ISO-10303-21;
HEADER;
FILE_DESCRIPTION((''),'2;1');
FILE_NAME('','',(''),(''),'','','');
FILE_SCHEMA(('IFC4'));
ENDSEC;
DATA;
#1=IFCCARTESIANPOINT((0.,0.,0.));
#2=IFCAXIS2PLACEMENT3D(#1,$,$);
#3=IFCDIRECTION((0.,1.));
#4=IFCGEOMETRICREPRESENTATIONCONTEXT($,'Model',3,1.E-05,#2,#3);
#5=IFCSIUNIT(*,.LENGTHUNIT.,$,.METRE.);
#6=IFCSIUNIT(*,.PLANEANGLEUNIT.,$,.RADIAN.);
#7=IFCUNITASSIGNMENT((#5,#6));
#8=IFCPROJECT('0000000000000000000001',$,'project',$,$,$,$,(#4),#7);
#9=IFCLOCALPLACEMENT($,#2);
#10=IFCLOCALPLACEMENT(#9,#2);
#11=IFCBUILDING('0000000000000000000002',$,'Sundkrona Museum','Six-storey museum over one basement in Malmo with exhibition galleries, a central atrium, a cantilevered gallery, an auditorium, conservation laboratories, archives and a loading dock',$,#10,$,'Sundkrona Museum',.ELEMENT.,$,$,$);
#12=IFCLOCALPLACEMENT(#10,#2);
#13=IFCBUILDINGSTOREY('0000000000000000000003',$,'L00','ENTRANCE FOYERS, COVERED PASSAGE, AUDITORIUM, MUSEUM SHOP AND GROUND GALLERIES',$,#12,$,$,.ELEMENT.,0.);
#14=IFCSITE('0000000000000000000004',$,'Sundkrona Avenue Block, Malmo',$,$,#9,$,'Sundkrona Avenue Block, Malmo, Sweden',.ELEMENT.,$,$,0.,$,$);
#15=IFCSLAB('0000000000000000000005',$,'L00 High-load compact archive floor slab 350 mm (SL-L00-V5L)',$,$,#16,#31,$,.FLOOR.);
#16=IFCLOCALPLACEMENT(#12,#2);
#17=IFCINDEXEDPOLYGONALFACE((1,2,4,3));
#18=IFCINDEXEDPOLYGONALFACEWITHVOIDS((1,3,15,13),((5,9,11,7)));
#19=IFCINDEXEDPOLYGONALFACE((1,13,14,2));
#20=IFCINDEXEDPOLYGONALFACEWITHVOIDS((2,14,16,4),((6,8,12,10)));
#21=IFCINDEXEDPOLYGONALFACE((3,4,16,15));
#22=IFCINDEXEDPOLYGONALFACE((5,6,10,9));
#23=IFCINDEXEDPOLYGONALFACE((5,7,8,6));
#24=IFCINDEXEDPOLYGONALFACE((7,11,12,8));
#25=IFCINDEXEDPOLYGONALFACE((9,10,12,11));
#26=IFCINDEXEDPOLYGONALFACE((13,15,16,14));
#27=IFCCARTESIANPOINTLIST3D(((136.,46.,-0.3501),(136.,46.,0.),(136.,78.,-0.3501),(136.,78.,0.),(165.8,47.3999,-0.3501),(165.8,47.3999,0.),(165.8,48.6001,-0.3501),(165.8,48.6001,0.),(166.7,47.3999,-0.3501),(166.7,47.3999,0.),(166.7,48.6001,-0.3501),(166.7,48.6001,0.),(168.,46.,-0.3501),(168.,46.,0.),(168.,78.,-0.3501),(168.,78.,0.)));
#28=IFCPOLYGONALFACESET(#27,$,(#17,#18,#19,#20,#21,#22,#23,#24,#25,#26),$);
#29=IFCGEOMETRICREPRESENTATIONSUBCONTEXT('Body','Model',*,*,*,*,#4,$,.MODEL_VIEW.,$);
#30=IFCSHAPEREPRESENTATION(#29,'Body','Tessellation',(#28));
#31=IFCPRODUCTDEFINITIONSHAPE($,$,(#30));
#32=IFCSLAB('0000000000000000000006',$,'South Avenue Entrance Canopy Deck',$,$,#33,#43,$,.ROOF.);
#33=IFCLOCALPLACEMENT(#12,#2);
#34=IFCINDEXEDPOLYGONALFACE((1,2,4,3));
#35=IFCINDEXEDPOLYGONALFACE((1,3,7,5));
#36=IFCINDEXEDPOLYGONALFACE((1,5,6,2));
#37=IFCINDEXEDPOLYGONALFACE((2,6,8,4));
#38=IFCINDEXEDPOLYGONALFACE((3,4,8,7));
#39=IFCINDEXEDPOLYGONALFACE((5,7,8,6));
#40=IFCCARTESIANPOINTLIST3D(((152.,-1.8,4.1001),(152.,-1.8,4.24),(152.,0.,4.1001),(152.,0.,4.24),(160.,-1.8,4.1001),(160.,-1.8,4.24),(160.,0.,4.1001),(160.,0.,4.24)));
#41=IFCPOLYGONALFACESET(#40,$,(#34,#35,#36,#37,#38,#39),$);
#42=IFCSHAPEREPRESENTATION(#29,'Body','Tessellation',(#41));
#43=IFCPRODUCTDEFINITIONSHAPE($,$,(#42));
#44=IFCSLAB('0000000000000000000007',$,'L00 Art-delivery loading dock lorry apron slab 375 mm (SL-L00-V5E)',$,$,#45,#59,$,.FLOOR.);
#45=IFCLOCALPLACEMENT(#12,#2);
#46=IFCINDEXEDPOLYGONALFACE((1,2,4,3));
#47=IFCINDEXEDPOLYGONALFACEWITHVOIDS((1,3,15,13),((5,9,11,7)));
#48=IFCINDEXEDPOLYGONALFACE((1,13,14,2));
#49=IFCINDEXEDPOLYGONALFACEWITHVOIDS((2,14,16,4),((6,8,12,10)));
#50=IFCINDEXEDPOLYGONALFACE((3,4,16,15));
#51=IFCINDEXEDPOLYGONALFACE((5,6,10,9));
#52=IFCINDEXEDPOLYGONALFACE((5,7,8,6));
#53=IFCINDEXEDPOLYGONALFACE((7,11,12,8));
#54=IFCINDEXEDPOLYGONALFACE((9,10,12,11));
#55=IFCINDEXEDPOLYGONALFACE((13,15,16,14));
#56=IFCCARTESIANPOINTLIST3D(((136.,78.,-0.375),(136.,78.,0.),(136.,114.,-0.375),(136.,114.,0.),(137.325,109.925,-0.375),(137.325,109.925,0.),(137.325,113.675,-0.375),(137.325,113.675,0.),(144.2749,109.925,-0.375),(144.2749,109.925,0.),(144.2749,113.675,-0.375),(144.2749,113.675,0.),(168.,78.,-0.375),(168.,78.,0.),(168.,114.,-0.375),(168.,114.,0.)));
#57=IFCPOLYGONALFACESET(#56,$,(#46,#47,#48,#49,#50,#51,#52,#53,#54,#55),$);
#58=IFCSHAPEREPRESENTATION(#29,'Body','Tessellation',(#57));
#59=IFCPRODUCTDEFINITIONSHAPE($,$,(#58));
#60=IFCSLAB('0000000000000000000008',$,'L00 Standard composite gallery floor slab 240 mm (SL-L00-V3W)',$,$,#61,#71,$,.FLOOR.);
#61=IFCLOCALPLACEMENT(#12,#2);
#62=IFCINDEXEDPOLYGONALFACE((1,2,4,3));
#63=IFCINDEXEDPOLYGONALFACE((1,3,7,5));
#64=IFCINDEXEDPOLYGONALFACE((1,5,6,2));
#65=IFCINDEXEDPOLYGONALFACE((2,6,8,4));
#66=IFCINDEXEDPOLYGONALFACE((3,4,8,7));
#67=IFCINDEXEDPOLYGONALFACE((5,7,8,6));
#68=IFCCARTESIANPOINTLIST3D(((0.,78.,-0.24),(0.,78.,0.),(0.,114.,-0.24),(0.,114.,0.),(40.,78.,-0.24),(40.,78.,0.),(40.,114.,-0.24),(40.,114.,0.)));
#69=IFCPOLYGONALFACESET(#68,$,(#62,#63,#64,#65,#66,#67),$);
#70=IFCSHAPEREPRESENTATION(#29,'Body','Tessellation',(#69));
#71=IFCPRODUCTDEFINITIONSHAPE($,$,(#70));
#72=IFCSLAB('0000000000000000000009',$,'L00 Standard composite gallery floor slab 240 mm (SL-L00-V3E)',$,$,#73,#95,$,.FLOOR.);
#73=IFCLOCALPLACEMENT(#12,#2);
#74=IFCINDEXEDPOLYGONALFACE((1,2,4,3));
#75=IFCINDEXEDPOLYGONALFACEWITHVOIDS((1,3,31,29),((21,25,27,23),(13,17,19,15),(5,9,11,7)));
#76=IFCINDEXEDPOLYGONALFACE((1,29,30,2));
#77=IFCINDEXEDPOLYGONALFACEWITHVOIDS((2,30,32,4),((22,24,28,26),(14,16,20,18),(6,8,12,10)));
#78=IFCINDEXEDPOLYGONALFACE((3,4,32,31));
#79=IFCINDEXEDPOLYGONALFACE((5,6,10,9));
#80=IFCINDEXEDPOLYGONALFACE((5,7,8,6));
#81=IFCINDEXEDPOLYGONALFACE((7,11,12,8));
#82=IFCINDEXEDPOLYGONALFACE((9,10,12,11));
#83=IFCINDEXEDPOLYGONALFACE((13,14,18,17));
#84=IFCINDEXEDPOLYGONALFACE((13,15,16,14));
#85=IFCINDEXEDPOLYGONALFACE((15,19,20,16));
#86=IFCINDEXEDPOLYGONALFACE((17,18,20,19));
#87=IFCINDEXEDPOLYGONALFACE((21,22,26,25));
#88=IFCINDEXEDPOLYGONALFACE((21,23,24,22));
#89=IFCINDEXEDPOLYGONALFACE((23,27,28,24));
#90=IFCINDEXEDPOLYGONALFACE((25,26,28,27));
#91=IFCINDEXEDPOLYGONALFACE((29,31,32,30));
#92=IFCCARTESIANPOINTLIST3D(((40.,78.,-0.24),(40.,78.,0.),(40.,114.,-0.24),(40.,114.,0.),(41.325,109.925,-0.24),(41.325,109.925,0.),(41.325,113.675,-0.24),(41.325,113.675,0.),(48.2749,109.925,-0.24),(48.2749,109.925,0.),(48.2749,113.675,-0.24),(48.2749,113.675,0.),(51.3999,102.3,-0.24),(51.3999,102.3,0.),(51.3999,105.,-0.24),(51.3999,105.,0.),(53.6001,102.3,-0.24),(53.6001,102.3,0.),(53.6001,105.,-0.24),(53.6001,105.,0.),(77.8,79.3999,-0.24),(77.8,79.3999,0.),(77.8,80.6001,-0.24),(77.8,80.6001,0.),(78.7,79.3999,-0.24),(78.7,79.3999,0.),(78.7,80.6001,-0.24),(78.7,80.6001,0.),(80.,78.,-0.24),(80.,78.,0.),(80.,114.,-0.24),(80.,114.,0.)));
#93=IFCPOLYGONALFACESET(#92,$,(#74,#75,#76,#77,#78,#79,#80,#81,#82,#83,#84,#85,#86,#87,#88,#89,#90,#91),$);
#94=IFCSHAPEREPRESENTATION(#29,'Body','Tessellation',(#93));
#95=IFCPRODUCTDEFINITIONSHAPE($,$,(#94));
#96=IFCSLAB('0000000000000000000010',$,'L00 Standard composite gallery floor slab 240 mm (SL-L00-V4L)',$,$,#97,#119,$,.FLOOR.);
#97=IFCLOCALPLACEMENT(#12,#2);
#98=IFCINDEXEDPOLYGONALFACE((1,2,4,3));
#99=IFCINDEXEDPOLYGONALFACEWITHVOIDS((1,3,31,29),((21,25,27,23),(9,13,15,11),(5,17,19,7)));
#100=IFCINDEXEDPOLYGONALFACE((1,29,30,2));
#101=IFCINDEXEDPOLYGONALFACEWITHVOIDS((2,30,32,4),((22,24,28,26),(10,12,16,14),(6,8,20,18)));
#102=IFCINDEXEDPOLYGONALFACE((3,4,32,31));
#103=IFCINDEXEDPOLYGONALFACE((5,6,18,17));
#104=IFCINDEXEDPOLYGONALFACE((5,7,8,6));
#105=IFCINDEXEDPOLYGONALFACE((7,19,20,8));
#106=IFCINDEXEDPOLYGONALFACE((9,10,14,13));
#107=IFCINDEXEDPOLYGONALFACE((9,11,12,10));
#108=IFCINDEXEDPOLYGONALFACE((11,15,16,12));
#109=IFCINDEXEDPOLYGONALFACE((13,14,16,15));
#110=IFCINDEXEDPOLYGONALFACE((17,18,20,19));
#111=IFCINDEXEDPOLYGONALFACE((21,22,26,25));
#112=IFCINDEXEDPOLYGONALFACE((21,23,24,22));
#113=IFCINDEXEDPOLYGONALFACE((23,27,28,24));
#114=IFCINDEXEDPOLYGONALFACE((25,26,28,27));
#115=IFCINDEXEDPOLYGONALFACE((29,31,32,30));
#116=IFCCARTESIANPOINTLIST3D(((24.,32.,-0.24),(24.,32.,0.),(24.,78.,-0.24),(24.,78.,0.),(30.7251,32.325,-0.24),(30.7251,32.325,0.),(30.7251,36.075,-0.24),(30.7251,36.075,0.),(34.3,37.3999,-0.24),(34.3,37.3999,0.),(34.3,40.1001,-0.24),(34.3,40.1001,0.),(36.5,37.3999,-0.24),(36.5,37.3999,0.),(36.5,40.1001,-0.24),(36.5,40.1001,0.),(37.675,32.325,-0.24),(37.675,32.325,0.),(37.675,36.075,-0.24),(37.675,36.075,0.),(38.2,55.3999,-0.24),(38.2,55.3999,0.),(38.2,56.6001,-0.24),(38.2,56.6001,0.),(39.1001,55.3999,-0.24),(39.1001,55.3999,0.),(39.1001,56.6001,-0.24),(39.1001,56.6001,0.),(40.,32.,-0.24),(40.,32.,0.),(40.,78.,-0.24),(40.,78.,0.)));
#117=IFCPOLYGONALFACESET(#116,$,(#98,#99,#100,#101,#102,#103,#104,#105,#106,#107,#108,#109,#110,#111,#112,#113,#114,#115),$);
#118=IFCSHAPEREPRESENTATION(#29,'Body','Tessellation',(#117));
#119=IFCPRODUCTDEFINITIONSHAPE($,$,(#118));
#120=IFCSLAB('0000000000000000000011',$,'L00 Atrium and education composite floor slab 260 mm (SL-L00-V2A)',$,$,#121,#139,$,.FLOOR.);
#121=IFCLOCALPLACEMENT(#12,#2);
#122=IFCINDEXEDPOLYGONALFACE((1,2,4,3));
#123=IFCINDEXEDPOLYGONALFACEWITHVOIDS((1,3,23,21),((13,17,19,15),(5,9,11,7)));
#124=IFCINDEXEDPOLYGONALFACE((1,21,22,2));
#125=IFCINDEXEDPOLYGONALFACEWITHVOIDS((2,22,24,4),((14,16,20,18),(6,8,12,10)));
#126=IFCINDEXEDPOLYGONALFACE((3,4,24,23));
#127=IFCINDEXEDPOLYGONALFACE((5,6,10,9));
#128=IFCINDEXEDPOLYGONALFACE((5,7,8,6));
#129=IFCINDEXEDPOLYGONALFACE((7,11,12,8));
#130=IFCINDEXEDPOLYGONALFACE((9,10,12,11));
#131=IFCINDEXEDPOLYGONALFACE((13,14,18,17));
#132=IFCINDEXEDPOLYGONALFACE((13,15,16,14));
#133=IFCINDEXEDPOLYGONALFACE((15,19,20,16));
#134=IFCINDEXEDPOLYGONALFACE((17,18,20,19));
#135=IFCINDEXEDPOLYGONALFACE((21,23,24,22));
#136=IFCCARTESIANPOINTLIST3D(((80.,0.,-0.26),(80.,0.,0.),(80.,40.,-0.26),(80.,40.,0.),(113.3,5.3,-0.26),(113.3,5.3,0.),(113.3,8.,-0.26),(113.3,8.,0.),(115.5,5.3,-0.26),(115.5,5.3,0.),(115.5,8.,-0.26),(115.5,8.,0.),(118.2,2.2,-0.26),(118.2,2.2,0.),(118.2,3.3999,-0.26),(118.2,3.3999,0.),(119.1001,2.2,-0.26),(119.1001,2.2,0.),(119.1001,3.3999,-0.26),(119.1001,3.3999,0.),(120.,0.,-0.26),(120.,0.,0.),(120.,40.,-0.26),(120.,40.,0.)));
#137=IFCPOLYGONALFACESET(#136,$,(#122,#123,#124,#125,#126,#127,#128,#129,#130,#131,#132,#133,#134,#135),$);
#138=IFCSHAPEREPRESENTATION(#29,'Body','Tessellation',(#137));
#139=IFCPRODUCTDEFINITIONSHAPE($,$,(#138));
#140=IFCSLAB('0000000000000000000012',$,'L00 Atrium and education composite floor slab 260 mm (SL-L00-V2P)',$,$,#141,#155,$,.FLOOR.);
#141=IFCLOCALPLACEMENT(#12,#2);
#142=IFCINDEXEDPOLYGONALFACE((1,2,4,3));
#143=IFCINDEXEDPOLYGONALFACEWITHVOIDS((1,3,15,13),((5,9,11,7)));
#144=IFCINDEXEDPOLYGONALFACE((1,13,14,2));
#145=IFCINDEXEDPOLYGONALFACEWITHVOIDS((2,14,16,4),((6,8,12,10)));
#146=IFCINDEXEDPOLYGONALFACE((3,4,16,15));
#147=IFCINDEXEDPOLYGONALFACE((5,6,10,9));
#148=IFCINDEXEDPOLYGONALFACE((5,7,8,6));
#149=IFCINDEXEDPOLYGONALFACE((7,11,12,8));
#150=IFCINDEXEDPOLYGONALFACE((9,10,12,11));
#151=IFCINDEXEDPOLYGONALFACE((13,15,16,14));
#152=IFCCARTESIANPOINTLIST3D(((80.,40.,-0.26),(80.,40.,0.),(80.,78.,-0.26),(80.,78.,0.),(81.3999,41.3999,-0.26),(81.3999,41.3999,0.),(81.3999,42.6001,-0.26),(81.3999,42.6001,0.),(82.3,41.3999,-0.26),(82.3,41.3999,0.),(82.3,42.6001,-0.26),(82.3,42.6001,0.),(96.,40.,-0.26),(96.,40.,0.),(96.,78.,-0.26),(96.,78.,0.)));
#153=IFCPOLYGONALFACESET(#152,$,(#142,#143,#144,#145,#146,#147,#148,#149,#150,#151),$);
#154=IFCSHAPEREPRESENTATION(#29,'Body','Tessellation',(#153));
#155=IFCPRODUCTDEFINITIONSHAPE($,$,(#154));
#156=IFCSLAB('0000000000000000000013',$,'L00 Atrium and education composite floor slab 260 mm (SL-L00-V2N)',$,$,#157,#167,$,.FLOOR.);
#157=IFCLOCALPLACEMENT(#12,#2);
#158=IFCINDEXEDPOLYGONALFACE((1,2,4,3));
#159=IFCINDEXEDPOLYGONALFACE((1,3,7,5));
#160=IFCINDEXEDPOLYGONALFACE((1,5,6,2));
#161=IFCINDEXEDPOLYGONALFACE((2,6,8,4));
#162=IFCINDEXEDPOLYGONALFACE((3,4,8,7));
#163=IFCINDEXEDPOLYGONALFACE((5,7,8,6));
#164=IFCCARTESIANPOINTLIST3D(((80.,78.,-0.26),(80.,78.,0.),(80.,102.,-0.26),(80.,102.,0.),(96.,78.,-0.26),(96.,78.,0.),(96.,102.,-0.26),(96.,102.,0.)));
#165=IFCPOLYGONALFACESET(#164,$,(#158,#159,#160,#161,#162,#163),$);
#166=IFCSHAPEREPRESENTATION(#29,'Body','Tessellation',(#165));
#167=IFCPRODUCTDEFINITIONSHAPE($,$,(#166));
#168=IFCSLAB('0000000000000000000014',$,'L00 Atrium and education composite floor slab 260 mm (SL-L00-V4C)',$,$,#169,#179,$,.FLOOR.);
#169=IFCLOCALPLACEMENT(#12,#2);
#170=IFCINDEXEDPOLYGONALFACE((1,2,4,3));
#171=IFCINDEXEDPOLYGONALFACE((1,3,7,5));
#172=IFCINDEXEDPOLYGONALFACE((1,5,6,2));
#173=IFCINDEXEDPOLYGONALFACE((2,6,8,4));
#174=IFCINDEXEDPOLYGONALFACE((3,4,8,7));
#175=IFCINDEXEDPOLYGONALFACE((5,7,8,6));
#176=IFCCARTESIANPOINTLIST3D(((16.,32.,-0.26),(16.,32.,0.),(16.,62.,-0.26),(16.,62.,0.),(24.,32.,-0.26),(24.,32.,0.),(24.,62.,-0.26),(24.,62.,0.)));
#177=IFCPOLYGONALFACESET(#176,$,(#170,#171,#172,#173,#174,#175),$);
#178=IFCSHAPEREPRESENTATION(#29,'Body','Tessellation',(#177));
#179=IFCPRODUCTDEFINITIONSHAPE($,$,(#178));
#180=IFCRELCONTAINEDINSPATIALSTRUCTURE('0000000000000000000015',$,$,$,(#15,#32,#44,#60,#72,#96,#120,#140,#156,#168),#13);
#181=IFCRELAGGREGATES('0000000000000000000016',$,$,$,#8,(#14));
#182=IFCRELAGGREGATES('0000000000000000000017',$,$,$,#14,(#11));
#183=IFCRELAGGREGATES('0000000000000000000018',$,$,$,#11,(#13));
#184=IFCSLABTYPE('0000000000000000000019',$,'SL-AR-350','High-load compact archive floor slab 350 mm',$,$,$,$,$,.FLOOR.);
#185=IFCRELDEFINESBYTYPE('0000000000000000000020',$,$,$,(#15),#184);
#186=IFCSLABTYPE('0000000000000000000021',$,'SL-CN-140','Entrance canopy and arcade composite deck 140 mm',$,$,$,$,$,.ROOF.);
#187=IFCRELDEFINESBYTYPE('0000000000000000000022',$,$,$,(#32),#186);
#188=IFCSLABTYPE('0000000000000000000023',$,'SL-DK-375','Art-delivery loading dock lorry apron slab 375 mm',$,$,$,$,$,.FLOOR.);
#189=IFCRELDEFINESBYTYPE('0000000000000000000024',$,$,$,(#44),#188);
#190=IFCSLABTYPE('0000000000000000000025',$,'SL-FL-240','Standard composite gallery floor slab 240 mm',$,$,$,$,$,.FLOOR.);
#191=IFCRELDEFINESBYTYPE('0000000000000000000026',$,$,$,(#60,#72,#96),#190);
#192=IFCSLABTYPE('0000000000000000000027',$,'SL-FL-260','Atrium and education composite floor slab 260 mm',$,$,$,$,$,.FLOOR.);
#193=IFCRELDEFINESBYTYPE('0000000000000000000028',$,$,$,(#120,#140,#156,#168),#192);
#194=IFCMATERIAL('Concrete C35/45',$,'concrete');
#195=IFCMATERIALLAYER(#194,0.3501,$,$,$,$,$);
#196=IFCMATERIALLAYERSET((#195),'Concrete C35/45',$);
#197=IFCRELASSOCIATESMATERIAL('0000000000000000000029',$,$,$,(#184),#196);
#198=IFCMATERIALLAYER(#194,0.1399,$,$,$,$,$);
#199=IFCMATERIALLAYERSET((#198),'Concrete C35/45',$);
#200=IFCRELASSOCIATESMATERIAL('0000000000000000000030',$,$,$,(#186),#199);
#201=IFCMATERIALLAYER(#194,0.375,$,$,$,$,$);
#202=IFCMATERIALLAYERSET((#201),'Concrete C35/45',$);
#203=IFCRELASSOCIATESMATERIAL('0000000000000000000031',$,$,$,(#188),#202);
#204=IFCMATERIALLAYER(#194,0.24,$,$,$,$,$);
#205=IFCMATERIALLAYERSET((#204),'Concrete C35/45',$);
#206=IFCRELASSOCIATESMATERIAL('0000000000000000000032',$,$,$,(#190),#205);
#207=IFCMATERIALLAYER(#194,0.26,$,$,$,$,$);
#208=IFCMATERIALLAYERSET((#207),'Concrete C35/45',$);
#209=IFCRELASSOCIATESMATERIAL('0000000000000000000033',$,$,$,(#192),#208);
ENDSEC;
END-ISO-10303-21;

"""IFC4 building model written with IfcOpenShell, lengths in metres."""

from ifc_helpers import new_model, si_unit, direction, frame, origin, place, context, subcontext, project, spatial, polyline, outline, extrude, material, layer, layer_set, type_object, element, save


model = new_model("IFC4")

# Units and contexts
model_context = context("Model", 3, precision=1e-05, world=origin(), true_north=direction((0.0, 1.0)))
body_context = subcontext(model_context, "Body", "Model", "MODEL_VIEW")
ifc_project = project(units=[si_unit("LENGTHUNIT", "METRE"), si_unit("PLANEANGLEUNIT", "RADIAN")], contexts=[model_context])

# Site, building, storey
site_placement = place(None, origin())
site = spatial("IfcSite", under=ifc_project, at=site_placement, Name="Sundkrona Avenue Block, Malmo", LongName="Sundkrona Avenue Block, Malmo, Sweden", CompositionType="ELEMENT", RefElevation=0.0)
building_placement = place(site_placement, origin())
building = spatial("IfcBuilding", under=site, at=building_placement, Name="Sundkrona Museum", Description="Six-storey museum over one basement in Malmo with exhibition galleries, a central atrium, a cantilevered gallery, an auditorium, conservation laboratories, archives and a loading dock", LongName="Sundkrona Museum", CompositionType="ELEMENT")
storey_placement = place(building_placement, origin())
storey = spatial("IfcBuildingStorey", under=building, at=storey_placement, Name="L00", Description="ENTRANCE FOYERS, COVERED PASSAGE, AUDITORIUM, MUSEUM SHOP AND GROUND GALLERIES", CompositionType="ELEMENT", Elevation=0.0)

# Slabs
ifc_material_1 = material(Name="Concrete C35/45", Category="concrete")
ifc_layer_1 = layer(ifc_material_1, 0.3501)
ifc_layer_set_1 = layer_set([ifc_layer_1], Name="Concrete C35/45")
slab_type_1 = type_object("IfcSlabType", Name="SL-AR-350", Description="High-load compact archive floor slab 350 mm", PredefinedType="FLOOR", material=ifc_layer_set_1)
slab_1_placement = place(storey_placement, frame((0.0, 0.0, -0.3501)))
element("IfcSlab", 1, at=slab_1_placement, inside=storey, type_object=slab_type_1, Name="L00 High-load compact archive floor slab 350 mm (SL-L00-V5L)", PredefinedType="FLOOR", context=body_context, shape_type="SweptSolid", body=[
    extrude(outline(polyline([(136.0, 46.0), (168.0, 46.0), (168.0, 78.0), (136.0, 78.0), (136.0, 46.0)]), holes=[polyline([(166.7, 47.3999), (165.8, 47.3999), (165.8, 48.6001), (166.7, 48.6001), (166.7, 47.3999)])]), origin(), (0.0, 0.0, 1.0), 0.3501),
])
ifc_layer_2 = layer(ifc_material_1, 0.1399)
ifc_layer_set_2 = layer_set([ifc_layer_2], Name="Concrete C35/45")
slab_type_2 = type_object("IfcSlabType", Name="SL-CN-140", Description="Entrance canopy and arcade composite deck 140 mm", PredefinedType="ROOF", material=ifc_layer_set_2)
slab_2_placement = place(storey_placement, frame((0.0, 0.0, 4.1001)))
element("IfcSlab", 2, at=slab_2_placement, inside=storey, type_object=slab_type_2, Name="South Avenue Entrance Canopy Deck", PredefinedType="ROOF", context=body_context, shape_type="SweptSolid", body=[
    extrude(outline(polyline([(152.0, -1.8), (160.0, -1.8), (160.0, 0.0), (152.0, 0.0), (152.0, -1.8)])), origin(), (0.0, 0.0, 1.0), 0.1399),
])
ifc_layer_3 = layer(ifc_material_1, 0.375)
ifc_layer_set_3 = layer_set([ifc_layer_3], Name="Concrete C35/45")
slab_type_3 = type_object("IfcSlabType", Name="SL-DK-375", Description="Art-delivery loading dock lorry apron slab 375 mm", PredefinedType="FLOOR", material=ifc_layer_set_3)
slab_3_placement = place(storey_placement, frame((0.0, 0.0, -0.375)))
element("IfcSlab", 3, at=slab_3_placement, inside=storey, type_object=slab_type_3, Name="L00 Art-delivery loading dock lorry apron slab 375 mm (SL-L00-V5E)", PredefinedType="FLOOR", context=body_context, shape_type="SweptSolid", body=[
    extrude(outline(polyline([(136.0, 78.0), (168.0, 78.0), (168.0, 114.0), (136.0, 114.0), (136.0, 78.0)]), holes=[polyline([(137.325, 113.675), (144.2749, 113.675), (144.2749, 109.925), (137.325, 109.925), (137.325, 113.675)])]), origin(), (0.0, 0.0, 1.0), 0.375),
])
ifc_layer_4 = layer(ifc_material_1, 0.24)
ifc_layer_set_4 = layer_set([ifc_layer_4], Name="Concrete C35/45")
slab_type_4 = type_object("IfcSlabType", Name="SL-FL-240", Description="Standard composite gallery floor slab 240 mm", PredefinedType="FLOOR", material=ifc_layer_set_4)
slab_4_placement = place(storey_placement, frame((0.0, 0.0, -0.24)))
element("IfcSlab", 4, at=slab_4_placement, inside=storey, type_object=slab_type_4, Name="L00 Standard composite gallery floor slab 240 mm (SL-L00-V3W)", PredefinedType="FLOOR", context=body_context, shape_type="SweptSolid", body=[
    extrude(outline(polyline([(0.0, 78.0), (40.0, 78.0), (40.0, 114.0), (0.0, 114.0), (0.0, 78.0)])), origin(), (0.0, 0.0, 1.0), 0.24),
])
slab_5_placement = place(storey_placement, frame((0.0, 0.0, -0.24)))
element("IfcSlab", 5, at=slab_5_placement, inside=storey, type_object=slab_type_4, Name="L00 Standard composite gallery floor slab 240 mm (SL-L00-V3E)", PredefinedType="FLOOR", context=body_context, shape_type="SweptSolid", body=[
    extrude(outline(polyline([(40.0, 78.0), (80.0, 78.0), (80.0, 114.0), (40.0, 114.0), (40.0, 78.0)]), holes=[polyline([(77.8, 80.6001), (78.7, 80.6001), (78.7, 79.3999), (77.8, 79.3999), (77.8, 80.6001)]), polyline([(53.6001, 102.3), (51.3999, 102.3), (51.3999, 105.0), (53.6001, 105.0), (53.6001, 102.3)]), polyline([(41.325, 113.675), (48.2749, 113.675), (48.2749, 109.925), (41.325, 109.925), (41.325, 113.675)])]), origin(), (0.0, 0.0, 1.0), 0.24),
])
slab_6_placement = place(storey_placement, frame((0.0, 0.0, -0.24)))
element("IfcSlab", 6, at=slab_6_placement, inside=storey, type_object=slab_type_4, Name="L00 Standard composite gallery floor slab 240 mm (SL-L00-V4L)", PredefinedType="FLOOR", context=body_context, shape_type="SweptSolid", body=[
    extrude(outline(polyline([(24.0, 32.0), (40.0, 32.0), (40.0, 78.0), (24.0, 78.0), (24.0, 32.0)]), holes=[polyline([(39.1001, 55.3999), (38.2, 55.3999), (38.2, 56.6001), (39.1001, 56.6001), (39.1001, 55.3999)]), polyline([(30.7251, 36.075), (37.675, 36.075), (37.675, 32.325), (30.7251, 32.325), (30.7251, 36.075)]), polyline([(36.5, 37.3999), (34.3, 37.3999), (34.3, 40.1001), (36.5, 40.1001), (36.5, 37.3999)])]), origin(), (0.0, 0.0, 1.0), 0.24),
])
ifc_layer_5 = layer(ifc_material_1, 0.26)
ifc_layer_set_5 = layer_set([ifc_layer_5], Name="Concrete C35/45")
slab_type_5 = type_object("IfcSlabType", Name="SL-FL-260", Description="Atrium and education composite floor slab 260 mm", PredefinedType="FLOOR", material=ifc_layer_set_5)
slab_7_placement = place(storey_placement, frame((0.0, 0.0, -0.26)))
element("IfcSlab", 7, at=slab_7_placement, inside=storey, type_object=slab_type_5, Name="L00 Atrium and education composite floor slab 260 mm (SL-L00-V2A)", PredefinedType="FLOOR", context=body_context, shape_type="SweptSolid", body=[
    extrude(outline(polyline([(80.0, 0.0), (120.0, 0.0), (120.0, 40.0), (80.0, 40.0), (80.0, 0.0)]), holes=[polyline([(118.2, 3.3999), (119.1001, 3.3999), (119.1001, 2.2), (118.2, 2.2), (118.2, 3.3999)]), polyline([(113.3, 8.0), (115.5, 8.0), (115.5, 5.3), (113.3, 5.3), (113.3, 8.0)])]), origin(), (0.0, 0.0, 1.0), 0.26),
])
slab_8_placement = place(storey_placement, frame((0.0, 0.0, -0.26)))
element("IfcSlab", 8, at=slab_8_placement, inside=storey, type_object=slab_type_5, Name="L00 Atrium and education composite floor slab 260 mm (SL-L00-V2P)", PredefinedType="FLOOR", context=body_context, shape_type="SweptSolid", body=[
    extrude(outline(polyline([(80.0, 40.0), (96.0, 40.0), (96.0, 78.0), (80.0, 78.0), (80.0, 40.0)]), holes=[polyline([(82.3, 41.3999), (81.3999, 41.3999), (81.3999, 42.6001), (82.3, 42.6001), (82.3, 41.3999)])]), origin(), (0.0, 0.0, 1.0), 0.26),
])
slab_9_placement = place(storey_placement, frame((0.0, 0.0, -0.26)))
element("IfcSlab", 9, at=slab_9_placement, inside=storey, type_object=slab_type_5, Name="L00 Atrium and education composite floor slab 260 mm (SL-L00-V2N)", PredefinedType="FLOOR", context=body_context, shape_type="SweptSolid", body=[
    extrude(outline(polyline([(80.0, 78.0), (96.0, 78.0), (96.0, 102.0), (80.0, 102.0), (80.0, 78.0)])), origin(), (0.0, 0.0, 1.0), 0.26),
])
slab_10_placement = place(storey_placement, frame((0.0, 0.0, -0.26)))
element("IfcSlab", 10, at=slab_10_placement, inside=storey, type_object=slab_type_5, Name="L00 Atrium and education composite floor slab 260 mm (SL-L00-V4C)", PredefinedType="FLOOR", context=body_context, shape_type="SweptSolid", body=[
    extrude(outline(polyline([(16.0, 32.0), (24.0, 32.0), (24.0, 62.0), (16.0, 62.0), (16.0, 32.0)])), origin(), (0.0, 0.0, 1.0), 0.26),
])

save(model, "model.ifc")
